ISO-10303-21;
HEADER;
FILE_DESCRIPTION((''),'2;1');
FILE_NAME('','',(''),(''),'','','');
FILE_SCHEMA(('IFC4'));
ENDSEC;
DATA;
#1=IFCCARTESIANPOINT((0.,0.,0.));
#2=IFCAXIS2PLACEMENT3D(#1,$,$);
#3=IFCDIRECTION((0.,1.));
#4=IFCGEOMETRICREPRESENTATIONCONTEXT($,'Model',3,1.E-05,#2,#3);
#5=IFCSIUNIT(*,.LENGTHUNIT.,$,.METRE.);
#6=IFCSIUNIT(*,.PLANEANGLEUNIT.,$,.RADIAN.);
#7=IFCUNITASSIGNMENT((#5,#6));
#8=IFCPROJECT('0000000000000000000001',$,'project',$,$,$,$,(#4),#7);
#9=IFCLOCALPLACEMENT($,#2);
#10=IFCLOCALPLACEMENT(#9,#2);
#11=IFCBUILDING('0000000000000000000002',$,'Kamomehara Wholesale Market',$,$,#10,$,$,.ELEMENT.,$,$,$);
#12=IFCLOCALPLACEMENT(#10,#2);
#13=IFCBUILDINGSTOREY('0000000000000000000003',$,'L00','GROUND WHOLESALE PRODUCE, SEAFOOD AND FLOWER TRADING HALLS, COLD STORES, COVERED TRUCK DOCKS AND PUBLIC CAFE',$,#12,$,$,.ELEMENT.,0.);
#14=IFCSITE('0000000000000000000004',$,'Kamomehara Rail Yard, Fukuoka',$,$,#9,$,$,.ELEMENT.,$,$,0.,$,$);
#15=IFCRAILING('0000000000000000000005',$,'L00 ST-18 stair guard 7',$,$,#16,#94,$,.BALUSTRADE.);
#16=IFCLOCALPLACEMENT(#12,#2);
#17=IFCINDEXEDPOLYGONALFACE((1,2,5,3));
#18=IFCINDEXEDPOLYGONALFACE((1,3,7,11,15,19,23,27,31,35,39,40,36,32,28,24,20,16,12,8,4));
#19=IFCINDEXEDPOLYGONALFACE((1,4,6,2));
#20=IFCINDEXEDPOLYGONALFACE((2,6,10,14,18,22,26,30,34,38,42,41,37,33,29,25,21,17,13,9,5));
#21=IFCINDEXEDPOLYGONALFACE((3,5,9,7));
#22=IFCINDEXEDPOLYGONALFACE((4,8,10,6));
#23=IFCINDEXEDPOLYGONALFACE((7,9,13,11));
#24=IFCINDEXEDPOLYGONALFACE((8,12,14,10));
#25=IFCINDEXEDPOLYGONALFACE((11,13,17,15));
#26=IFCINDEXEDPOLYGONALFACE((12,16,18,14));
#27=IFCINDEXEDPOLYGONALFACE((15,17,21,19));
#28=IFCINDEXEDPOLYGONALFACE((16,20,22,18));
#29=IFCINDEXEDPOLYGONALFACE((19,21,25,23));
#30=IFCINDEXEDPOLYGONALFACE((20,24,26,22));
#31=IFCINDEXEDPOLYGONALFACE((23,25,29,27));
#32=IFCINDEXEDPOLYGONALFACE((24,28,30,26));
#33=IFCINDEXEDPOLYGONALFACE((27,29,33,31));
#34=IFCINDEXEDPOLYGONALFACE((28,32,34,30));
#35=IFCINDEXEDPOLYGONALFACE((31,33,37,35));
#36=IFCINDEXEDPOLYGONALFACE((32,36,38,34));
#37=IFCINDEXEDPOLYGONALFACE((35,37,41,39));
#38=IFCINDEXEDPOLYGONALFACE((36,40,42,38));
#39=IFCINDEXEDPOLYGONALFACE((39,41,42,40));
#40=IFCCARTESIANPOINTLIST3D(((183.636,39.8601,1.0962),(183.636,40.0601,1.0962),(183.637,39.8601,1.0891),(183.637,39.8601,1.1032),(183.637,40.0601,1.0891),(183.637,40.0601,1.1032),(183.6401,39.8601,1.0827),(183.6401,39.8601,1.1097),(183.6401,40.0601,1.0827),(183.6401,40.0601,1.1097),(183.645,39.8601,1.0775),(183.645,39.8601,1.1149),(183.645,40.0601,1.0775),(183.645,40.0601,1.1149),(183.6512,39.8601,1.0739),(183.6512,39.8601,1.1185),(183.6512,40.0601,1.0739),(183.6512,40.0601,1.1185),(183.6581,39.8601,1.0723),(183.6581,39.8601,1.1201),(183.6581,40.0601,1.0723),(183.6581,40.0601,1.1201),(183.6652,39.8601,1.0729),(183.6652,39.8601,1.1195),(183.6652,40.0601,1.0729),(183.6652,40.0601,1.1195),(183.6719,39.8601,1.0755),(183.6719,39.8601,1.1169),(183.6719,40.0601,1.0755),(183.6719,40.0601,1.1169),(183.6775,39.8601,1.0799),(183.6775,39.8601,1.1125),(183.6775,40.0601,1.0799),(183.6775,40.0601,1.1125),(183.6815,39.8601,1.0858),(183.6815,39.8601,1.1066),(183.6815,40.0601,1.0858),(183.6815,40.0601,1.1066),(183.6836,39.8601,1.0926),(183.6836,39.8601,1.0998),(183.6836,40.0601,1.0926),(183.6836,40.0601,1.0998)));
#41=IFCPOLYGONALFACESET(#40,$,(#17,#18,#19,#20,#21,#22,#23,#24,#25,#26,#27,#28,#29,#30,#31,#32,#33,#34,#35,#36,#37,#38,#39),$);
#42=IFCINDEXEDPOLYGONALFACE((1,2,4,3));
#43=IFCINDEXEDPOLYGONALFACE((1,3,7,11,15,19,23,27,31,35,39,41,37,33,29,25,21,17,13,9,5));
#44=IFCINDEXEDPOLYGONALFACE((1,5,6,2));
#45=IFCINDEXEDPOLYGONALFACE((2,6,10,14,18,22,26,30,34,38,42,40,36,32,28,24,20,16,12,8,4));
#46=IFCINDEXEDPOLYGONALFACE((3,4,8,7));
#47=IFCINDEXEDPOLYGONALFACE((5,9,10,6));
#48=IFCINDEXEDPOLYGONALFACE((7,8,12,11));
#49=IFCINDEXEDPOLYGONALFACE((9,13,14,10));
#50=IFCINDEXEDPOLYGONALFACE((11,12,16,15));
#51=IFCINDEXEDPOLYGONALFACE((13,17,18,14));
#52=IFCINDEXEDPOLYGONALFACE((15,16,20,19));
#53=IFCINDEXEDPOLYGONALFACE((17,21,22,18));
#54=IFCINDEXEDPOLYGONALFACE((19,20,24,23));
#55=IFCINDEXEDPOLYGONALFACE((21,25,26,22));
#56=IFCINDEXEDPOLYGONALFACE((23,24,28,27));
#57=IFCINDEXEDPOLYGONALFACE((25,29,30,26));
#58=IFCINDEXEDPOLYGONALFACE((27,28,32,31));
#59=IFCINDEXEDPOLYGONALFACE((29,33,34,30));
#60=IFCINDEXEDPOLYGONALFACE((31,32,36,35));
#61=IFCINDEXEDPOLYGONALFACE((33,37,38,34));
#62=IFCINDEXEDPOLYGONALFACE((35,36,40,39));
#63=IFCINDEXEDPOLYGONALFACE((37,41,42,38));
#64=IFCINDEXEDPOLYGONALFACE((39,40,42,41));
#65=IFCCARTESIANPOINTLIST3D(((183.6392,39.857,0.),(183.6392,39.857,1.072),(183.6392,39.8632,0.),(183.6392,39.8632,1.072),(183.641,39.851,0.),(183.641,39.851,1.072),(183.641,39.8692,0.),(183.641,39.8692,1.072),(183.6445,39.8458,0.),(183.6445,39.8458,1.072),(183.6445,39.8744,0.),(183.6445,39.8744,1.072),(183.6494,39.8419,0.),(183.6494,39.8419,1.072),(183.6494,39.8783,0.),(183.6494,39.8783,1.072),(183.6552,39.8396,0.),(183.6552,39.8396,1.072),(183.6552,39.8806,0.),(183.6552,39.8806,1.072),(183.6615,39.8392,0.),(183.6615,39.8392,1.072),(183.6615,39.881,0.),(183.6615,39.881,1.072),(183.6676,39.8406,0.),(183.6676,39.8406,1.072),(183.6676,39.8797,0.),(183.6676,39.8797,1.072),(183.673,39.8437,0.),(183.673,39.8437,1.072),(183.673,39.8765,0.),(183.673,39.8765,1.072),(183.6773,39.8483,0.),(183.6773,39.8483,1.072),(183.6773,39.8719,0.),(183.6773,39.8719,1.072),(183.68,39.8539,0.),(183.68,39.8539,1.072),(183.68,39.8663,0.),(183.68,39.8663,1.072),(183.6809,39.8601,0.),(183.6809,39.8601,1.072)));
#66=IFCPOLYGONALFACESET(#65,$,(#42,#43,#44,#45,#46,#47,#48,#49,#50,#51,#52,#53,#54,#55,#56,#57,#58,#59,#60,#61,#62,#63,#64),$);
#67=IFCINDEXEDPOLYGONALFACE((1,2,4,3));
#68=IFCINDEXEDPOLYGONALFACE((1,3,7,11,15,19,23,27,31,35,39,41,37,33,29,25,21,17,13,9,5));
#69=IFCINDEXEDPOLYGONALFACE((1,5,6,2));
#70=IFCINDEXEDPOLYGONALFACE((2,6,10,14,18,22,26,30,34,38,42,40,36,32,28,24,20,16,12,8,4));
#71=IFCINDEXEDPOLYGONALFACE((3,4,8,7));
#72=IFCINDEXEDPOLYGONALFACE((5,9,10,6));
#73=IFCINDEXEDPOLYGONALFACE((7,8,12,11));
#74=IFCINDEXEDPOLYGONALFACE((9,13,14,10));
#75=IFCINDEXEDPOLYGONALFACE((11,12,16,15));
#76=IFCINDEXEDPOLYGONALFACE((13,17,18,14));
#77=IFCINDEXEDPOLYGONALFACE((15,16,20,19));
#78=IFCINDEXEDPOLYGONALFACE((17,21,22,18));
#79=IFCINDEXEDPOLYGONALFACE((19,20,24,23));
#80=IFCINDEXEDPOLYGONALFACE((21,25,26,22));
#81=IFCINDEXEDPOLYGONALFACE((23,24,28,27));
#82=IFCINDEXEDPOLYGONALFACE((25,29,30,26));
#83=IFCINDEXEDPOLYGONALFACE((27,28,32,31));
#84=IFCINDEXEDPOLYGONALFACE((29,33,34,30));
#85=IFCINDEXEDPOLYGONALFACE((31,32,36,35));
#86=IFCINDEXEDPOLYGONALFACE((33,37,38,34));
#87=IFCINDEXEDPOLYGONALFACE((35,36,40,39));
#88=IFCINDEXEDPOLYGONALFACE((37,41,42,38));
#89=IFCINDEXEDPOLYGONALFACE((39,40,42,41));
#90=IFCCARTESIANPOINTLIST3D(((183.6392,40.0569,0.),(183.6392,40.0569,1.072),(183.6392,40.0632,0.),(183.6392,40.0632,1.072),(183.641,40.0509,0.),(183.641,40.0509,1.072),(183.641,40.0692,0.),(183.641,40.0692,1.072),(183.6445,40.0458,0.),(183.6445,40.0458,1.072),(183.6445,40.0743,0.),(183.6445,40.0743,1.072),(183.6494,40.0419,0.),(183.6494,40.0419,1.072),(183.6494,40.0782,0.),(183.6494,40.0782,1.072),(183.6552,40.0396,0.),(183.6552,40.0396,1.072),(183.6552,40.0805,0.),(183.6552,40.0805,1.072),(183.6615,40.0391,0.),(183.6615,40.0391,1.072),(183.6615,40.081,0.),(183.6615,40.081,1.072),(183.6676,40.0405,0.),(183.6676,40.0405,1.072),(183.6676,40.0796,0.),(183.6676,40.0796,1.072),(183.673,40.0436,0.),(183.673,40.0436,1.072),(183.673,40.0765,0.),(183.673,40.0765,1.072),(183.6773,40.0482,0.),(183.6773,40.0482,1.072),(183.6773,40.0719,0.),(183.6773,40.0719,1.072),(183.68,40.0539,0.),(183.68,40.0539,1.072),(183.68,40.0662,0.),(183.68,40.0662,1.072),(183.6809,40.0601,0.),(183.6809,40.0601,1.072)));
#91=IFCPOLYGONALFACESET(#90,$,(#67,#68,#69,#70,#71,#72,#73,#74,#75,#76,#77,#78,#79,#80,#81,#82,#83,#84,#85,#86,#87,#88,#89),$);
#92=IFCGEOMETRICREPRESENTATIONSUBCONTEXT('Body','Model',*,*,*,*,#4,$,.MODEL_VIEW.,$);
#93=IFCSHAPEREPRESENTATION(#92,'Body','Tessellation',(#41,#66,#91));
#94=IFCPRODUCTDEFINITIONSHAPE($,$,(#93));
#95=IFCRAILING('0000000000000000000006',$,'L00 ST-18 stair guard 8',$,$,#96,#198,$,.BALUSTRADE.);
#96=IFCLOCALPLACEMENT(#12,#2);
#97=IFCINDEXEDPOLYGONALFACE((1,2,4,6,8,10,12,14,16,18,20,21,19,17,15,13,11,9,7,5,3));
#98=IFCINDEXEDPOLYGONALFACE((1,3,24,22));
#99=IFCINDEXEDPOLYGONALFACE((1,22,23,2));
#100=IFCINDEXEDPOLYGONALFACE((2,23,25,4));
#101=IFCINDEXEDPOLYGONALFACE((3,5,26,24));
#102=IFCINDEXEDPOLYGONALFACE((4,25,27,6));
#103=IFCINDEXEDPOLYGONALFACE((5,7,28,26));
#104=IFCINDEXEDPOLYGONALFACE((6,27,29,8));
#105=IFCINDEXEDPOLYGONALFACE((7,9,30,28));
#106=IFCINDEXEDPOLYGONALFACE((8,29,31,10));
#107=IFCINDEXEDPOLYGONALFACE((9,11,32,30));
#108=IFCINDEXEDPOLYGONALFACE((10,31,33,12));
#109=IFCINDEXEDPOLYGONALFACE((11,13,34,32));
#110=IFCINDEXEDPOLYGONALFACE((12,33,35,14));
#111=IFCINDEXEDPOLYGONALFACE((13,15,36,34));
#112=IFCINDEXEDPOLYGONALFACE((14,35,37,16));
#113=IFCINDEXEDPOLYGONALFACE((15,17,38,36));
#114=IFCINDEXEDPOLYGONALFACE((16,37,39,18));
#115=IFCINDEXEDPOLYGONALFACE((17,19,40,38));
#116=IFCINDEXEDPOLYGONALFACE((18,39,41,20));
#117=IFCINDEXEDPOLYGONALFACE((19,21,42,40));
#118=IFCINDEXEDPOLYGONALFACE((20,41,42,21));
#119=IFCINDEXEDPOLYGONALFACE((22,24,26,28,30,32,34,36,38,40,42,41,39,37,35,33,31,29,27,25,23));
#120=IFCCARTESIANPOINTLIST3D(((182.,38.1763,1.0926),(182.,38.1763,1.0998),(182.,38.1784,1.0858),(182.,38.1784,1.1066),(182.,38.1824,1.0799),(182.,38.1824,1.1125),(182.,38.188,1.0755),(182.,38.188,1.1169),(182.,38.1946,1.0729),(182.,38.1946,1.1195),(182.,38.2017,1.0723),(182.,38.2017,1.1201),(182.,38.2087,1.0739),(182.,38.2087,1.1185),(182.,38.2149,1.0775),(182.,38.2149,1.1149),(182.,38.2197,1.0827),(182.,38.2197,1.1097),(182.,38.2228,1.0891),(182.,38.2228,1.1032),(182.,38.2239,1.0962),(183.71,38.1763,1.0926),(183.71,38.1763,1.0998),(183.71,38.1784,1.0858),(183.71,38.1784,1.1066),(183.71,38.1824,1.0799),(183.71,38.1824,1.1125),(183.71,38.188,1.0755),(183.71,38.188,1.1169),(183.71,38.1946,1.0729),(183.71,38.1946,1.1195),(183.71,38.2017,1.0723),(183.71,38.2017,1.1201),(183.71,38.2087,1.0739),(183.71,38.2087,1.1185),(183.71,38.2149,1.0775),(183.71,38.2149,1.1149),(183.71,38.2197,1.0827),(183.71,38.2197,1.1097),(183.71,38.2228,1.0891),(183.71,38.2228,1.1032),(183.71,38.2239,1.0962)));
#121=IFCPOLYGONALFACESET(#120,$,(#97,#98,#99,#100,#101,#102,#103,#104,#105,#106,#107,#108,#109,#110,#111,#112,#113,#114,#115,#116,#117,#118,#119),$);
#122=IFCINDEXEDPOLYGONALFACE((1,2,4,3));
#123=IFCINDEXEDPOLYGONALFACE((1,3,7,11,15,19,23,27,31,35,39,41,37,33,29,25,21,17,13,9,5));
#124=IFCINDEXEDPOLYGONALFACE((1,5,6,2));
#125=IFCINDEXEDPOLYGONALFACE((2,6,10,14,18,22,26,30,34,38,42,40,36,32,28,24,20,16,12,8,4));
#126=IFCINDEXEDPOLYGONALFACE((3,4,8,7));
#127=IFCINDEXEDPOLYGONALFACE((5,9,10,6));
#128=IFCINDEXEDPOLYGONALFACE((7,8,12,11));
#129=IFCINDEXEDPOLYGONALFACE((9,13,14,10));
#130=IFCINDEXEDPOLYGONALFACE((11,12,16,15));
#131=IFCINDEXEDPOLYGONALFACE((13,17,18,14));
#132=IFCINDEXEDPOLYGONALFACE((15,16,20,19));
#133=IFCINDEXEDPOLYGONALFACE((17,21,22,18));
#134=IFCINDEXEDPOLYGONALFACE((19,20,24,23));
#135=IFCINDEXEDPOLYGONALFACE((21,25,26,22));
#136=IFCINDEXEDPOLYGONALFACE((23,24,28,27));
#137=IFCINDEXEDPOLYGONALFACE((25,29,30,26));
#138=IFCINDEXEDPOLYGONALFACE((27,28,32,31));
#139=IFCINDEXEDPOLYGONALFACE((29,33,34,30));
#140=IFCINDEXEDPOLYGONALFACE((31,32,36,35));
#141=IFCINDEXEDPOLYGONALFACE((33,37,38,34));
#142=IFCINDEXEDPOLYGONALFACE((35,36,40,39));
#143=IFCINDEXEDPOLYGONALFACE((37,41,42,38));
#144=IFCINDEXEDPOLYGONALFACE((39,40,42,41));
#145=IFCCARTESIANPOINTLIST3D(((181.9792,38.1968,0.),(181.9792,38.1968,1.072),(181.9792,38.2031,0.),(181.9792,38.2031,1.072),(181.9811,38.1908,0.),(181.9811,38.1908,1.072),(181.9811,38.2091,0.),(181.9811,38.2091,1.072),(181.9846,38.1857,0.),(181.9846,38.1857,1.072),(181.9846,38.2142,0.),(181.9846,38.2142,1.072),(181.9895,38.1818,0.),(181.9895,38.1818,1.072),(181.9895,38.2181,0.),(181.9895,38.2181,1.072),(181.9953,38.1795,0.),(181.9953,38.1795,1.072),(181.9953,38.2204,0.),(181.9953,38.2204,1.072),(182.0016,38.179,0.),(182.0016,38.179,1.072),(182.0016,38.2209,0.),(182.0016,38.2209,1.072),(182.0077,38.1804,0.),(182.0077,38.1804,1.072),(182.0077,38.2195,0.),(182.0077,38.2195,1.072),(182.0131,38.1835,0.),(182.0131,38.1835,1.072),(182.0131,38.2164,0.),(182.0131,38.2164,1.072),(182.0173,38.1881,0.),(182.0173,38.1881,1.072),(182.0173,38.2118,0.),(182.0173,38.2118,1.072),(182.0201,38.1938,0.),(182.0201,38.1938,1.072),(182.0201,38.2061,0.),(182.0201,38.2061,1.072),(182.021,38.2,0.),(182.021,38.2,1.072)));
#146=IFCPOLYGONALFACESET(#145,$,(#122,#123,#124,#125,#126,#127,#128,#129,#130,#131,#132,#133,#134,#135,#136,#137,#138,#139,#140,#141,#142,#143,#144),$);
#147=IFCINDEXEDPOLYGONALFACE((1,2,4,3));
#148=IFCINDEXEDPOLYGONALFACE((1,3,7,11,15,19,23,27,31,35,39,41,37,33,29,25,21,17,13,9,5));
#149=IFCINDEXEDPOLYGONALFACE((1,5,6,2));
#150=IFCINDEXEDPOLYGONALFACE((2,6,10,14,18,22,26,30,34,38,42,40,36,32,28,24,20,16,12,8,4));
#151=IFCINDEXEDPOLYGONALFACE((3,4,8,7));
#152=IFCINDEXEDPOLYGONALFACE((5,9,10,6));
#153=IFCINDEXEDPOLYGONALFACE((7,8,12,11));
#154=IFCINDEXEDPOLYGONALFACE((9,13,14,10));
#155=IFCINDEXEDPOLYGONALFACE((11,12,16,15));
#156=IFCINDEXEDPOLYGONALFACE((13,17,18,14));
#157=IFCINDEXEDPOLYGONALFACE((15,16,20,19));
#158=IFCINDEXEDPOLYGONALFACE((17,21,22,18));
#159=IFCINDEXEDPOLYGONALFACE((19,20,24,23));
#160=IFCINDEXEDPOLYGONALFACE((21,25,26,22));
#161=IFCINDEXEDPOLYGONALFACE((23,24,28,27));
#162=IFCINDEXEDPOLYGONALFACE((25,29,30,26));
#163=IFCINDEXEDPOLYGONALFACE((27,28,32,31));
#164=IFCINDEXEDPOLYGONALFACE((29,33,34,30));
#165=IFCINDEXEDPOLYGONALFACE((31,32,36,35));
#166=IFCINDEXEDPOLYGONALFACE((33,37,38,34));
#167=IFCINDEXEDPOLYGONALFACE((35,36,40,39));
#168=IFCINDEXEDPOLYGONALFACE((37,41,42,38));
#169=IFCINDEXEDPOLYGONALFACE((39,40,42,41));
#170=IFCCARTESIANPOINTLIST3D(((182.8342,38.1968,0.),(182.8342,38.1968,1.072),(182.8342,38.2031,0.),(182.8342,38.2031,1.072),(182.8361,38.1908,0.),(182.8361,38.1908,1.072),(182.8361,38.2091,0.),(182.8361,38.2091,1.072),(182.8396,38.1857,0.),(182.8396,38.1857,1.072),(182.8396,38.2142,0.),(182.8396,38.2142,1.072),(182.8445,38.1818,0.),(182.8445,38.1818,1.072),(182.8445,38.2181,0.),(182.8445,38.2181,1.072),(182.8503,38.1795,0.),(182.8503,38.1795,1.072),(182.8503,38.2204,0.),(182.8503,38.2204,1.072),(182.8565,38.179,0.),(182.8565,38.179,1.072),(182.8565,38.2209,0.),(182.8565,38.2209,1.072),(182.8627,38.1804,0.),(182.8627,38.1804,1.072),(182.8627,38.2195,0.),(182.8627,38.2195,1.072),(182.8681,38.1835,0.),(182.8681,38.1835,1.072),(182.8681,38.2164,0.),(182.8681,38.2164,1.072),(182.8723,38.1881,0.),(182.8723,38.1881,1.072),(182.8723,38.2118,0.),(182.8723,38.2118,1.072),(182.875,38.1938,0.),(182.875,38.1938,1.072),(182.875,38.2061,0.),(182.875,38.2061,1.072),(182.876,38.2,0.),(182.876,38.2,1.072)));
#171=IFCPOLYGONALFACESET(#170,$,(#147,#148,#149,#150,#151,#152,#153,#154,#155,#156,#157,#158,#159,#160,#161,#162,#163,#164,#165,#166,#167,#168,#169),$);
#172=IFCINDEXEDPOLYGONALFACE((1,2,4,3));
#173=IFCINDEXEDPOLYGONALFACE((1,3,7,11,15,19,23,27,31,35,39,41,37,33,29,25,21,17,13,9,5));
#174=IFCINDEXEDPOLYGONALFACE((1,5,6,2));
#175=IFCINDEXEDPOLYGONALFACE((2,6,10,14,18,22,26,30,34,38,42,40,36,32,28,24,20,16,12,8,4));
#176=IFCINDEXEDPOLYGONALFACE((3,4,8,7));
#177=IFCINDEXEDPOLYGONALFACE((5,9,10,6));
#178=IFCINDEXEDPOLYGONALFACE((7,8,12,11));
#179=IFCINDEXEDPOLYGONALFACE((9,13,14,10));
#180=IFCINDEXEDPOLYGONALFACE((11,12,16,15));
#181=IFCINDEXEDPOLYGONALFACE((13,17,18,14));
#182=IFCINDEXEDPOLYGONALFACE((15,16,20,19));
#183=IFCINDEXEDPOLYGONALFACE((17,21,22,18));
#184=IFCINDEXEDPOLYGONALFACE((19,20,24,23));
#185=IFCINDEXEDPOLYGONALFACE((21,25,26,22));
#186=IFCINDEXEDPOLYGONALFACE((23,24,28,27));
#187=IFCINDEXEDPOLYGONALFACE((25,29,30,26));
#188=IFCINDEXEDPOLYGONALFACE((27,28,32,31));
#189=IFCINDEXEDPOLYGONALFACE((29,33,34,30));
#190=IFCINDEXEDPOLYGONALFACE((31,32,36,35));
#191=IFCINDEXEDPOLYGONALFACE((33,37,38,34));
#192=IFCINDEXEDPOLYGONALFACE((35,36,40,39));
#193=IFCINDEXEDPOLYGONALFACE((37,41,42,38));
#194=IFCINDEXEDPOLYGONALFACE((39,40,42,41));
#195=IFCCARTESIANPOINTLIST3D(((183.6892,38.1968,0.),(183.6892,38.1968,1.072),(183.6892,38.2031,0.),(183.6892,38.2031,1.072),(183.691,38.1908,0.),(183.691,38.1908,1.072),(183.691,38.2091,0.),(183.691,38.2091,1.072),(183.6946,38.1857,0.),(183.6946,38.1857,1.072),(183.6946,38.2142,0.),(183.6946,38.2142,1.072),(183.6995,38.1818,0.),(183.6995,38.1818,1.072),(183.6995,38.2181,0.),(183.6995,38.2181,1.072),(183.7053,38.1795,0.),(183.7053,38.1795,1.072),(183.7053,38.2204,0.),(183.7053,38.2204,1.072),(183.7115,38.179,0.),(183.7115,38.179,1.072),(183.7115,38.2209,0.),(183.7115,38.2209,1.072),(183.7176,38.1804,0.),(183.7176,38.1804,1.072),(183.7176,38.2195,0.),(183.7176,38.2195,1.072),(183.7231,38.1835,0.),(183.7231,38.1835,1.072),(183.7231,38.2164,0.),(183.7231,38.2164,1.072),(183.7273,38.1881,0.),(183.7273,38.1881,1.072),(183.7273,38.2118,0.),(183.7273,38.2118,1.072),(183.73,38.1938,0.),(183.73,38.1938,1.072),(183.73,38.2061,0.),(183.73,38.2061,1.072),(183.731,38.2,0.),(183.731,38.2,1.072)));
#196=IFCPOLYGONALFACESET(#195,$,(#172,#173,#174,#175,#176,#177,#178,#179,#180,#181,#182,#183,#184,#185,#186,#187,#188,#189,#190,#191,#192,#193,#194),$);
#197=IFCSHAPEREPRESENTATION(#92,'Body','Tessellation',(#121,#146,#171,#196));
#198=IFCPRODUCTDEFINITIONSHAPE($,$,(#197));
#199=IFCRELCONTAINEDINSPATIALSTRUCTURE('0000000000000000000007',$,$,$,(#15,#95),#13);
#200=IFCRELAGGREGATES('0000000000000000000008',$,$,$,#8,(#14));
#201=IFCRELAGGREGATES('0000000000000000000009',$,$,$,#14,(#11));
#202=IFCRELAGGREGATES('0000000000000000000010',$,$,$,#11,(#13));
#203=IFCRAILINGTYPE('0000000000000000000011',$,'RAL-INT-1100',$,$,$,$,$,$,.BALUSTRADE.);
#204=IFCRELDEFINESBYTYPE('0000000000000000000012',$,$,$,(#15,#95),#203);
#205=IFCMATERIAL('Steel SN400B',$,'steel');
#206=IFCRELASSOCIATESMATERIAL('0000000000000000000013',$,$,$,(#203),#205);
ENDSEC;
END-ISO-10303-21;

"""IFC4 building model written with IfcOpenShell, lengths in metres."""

from ifc_helpers import new_model, si_unit, direction, frame, origin, origin_2d, place, context, subcontext, project, spatial, circle, extrude, material, type_object, element, save


model = new_model("IFC4")

# Units and contexts
model_context = context("Model", 3, precision=1e-05, world=origin(), true_north=direction((0.0, 1.0)))
body_context = subcontext(model_context, "Body", "Model", "MODEL_VIEW")
ifc_project = project(units=[si_unit("LENGTHUNIT", "METRE"), si_unit("PLANEANGLEUNIT", "RADIAN")], contexts=[model_context])

# Site, building, storey
site_placement = place(None, origin())
site = spatial("IfcSite", under=ifc_project, at=site_placement, Name="Kamomehara Rail Yard, Fukuoka", CompositionType="ELEMENT", RefElevation=0.0)
building_placement = place(site_placement, origin())
building = spatial("IfcBuilding", under=site, at=building_placement, Name="Kamomehara Wholesale Market", CompositionType="ELEMENT")
storey_placement = place(building_placement, origin())
storey = spatial("IfcBuildingStorey", under=building, at=storey_placement, Name="L00", Description="GROUND WHOLESALE PRODUCE, SEAFOOD AND FLOWER TRADING HALLS, COLD STORES, COVERED TRUCK DOCKS AND PUBLIC CAFE", CompositionType="ELEMENT", Elevation=0.0)

# Railings
ifc_material_1 = material(Name="Steel SN400B", Category="steel")
railing_type_1 = type_object("IfcRailingType", Name="RAL-INT-1100", PredefinedType="BALUSTRADE", material=ifc_material_1)
railing_1_placement = place(storey_placement, frame((183.6599, 39.8601, 0.0)))
element("IfcRailing", 1, at=railing_1_placement, inside=storey, type_object=railing_type_1, Name="L00 ST-18 stair guard 7", PredefinedType="BALUSTRADE", context=body_context, shape_type="SweptSolid", body=[
    extrude(circle(Radius=0.0239, at=origin_2d()), frame((0.0, 0.0, 1.0962), z_axis=(0.0, 1.0, 0.0), x_axis=(-1.0, 0.0, 0.0)), (0.0, 0.0, 1.0), 0.2),
    extrude(circle(Radius=0.021, at=origin_2d()), origin(), (0.0, 0.0, 1.0), 1.072),
    extrude(circle(Radius=0.021, at=origin_2d()), frame((0.0, 0.2, 0.0)), (0.0, 0.0, 1.0), 1.072),
])
railing_2_placement = place(storey_placement, frame((182.0, 38.2, 0.0)))
element("IfcRailing", 2, at=railing_2_placement, inside=storey, type_object=railing_type_1, Name="L00 ST-18 stair guard 8", PredefinedType="BALUSTRADE", context=body_context, shape_type="SweptSolid", body=[
    extrude(circle(Radius=0.0239, at=origin_2d()), frame((0.0, 0.0, 1.0962), z_axis=(1.0, 0.0, 0.0), x_axis=(0.0, 1.0, 0.0)), (0.0, 0.0, 1.0), 1.71),
    extrude(circle(Radius=0.021, at=origin_2d()), origin(), (0.0, 0.0, 1.0), 1.072),
    extrude(circle(Radius=0.021, at=origin_2d()), frame((0.855, 0.0, 0.0)), (0.0, 0.0, 1.0), 1.072),
    extrude(circle(Radius=0.021, at=origin_2d()), frame((1.71, 0.0, 0.0)), (0.0, 0.0, 1.0), 1.072),
])

save(model, "model.ifc")
